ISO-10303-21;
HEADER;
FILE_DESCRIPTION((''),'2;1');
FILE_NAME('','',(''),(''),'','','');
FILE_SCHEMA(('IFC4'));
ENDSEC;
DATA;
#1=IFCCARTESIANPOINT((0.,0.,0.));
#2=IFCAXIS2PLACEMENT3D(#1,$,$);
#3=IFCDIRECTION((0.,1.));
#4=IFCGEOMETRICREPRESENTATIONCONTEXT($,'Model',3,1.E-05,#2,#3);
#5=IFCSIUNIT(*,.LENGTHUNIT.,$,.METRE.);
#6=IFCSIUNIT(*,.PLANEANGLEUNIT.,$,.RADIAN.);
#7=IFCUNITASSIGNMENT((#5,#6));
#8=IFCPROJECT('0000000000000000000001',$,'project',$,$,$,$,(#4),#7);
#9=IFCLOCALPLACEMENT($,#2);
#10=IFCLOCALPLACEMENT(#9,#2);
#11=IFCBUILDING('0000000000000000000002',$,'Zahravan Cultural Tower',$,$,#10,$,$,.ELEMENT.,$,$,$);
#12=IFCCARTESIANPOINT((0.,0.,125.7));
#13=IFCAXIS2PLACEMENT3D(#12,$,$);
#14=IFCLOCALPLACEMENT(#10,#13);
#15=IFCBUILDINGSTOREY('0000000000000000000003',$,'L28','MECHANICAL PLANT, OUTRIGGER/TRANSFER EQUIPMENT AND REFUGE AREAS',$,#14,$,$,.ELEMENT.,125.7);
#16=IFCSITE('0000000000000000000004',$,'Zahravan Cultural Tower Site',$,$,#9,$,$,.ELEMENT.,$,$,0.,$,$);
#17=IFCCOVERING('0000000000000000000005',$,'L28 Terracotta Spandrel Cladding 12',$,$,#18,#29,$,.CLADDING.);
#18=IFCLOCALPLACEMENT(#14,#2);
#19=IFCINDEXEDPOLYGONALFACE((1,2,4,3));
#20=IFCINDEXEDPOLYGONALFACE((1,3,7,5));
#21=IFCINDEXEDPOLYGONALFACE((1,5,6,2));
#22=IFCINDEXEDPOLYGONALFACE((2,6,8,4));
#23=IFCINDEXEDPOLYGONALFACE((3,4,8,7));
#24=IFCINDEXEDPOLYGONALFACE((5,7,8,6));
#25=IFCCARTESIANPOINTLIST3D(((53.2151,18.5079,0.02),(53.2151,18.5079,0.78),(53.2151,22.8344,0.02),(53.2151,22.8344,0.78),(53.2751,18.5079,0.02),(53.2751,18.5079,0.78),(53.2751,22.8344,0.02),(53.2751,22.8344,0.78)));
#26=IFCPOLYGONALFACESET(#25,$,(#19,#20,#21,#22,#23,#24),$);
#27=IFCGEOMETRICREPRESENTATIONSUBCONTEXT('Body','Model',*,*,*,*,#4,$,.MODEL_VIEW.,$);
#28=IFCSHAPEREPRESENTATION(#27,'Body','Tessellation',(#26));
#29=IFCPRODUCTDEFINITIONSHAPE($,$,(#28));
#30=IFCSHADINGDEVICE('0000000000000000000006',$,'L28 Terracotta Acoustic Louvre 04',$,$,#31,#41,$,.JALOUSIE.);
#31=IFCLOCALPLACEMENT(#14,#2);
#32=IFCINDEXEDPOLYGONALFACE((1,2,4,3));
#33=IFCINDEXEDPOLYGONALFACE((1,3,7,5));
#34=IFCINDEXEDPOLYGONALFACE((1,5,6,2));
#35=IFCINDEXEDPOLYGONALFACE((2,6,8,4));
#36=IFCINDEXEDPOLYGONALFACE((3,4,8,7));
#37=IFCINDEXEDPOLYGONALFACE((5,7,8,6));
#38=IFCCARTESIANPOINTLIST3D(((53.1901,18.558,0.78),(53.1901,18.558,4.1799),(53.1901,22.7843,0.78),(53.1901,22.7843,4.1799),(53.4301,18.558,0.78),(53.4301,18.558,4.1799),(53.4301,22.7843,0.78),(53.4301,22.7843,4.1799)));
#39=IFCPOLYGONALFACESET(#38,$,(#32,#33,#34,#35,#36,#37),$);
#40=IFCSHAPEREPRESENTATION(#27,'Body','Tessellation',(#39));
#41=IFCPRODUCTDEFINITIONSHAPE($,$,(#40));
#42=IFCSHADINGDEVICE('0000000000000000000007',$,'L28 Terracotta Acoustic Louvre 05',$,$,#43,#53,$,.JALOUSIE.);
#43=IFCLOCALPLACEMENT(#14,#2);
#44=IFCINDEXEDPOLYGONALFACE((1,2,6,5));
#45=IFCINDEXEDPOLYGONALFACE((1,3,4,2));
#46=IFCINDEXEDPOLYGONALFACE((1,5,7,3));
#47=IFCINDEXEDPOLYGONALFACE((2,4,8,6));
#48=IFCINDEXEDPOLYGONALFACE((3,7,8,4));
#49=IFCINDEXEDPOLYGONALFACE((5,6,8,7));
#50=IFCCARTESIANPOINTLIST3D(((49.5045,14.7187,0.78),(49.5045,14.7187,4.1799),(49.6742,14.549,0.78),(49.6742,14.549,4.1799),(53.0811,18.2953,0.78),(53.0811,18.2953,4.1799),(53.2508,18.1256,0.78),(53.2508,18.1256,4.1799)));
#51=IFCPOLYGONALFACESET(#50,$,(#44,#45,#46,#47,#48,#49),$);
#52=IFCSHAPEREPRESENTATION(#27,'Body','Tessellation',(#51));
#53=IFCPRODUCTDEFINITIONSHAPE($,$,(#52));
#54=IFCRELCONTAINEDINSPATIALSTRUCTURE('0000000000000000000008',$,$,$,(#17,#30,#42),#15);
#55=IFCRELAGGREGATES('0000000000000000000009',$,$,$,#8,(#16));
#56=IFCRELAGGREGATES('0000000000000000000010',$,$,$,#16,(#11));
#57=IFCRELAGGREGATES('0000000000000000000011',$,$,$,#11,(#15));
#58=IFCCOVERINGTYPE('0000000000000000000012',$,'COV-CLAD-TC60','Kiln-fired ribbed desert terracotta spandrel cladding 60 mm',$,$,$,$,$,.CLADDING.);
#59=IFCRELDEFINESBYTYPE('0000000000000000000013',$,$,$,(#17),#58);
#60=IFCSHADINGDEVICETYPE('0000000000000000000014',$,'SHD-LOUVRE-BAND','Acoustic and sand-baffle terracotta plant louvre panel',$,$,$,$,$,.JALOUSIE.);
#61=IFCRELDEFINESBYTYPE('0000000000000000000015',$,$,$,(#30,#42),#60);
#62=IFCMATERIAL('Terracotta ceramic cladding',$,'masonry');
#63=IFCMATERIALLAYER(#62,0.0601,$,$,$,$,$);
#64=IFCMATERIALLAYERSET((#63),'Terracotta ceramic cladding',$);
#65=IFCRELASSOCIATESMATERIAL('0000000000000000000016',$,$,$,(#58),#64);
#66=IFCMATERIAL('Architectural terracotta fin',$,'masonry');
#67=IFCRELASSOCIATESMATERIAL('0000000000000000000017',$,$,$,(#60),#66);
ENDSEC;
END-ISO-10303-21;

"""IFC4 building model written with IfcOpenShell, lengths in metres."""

from ifc_helpers import new_model, si_unit, direction, frame, origin, origin_2d, place, context, subcontext, project, spatial, rectangle, extrude, source, transform, mapped, material, layer, layer_set, type_object, element, save


model = new_model("IFC4")

# Units and contexts
model_context = context("Model", 3, precision=1e-05, world=origin(), true_north=direction((0.0, 1.0)))
body_context = subcontext(model_context, "Body", "Model", "MODEL_VIEW")
ifc_project = project(units=[si_unit("LENGTHUNIT", "METRE"), si_unit("PLANEANGLEUNIT", "RADIAN")], contexts=[model_context])

# Site, building, storey
site_placement = place(None, origin())
site = spatial("IfcSite", under=ifc_project, at=site_placement, Name="Zahravan Cultural Tower Site", CompositionType="ELEMENT", RefElevation=0.0)
building_placement = place(site_placement, origin())
building = spatial("IfcBuilding", under=site, at=building_placement, Name="Zahravan Cultural Tower", CompositionType="ELEMENT")
storey_placement = place(building_placement, frame((0.0, 0.0, 125.7)))
storey = spatial("IfcBuildingStorey", under=building, at=storey_placement, Name="L28", Description="MECHANICAL PLANT, OUTRIGGER/TRANSFER EQUIPMENT AND REFUGE AREAS", CompositionType="ELEMENT", Elevation=125.7)

# Shared definitions
ifc_material_1 = material(Name="Terracotta ceramic cladding", Category="masonry")
ifc_layer_1 = layer(ifc_material_1, 0.0601)
ifc_layer_set_1 = layer_set([ifc_layer_1], Name="Terracotta ceramic cladding")
covering_type = type_object("IfcCoveringType", Name="COV-CLAD-TC60", Description="Kiln-fired ribbed desert terracotta spandrel cladding 60 mm", PredefinedType="CLADDING", material=ifc_layer_set_1)

# Shared definitions
ifc_material_2 = material(Name="Architectural terracotta fin", Category="masonry")
shading_device_type = type_object("IfcShadingDeviceType", Name="SHD-LOUVRE-BAND", Description="Acoustic and sand-baffle terracotta plant louvre panel", PredefinedType="JALOUSIE", material=ifc_material_2)

# Covering
shared_shape_1 = source(origin(), body_context, "Body", "SweptSolid", [
    extrude(rectangle(XDim=4.3264, YDim=0.0601, at=origin_2d()), origin(), (0.0, 0.0, 1.0), 0.76),
])
covering_1_placement = place(storey_placement, frame((53.2451, 20.6711, 0.02), z_axis=(0.0, 0.0, 1.0), x_axis=(0.0, -1.0, 0.0)))
element("IfcCovering", 1, at=covering_1_placement, inside=storey, type_object=covering_type, Name="L28 Terracotta Spandrel Cladding 12", PredefinedType="CLADDING", context=body_context, shape_type="MappedRepresentation", body=[
    mapped(shared_shape_1, transform((0.0, 0.0, 0.0), x_axis=(1.0, 0.0, 0.0), y_axis=(0.0, 1.0, 0.0), z_axis=(0.0, 0.0, 1.0), scale=1.0)),
])

# Shading devices
shared_shape_2 = source(origin(), body_context, "Body", "SweptSolid", [
    extrude(rectangle(XDim=4.2263, YDim=0.24, at=origin_2d()), origin(), (0.0, 0.0, 1.0), 3.3999),
])
shading_device_1_placement = place(storey_placement, frame((53.3101, 20.6711, 0.78), z_axis=(0.0, 0.0, 1.0), x_axis=(0.0, -1.0, 0.0)))
element("IfcShadingDevice", 2, at=shading_device_1_placement, inside=storey, type_object=shading_device_type, Name="L28 Terracotta Acoustic Louvre 04", PredefinedType="JALOUSIE", context=body_context, shape_type="MappedRepresentation", body=[
    mapped(shared_shape_2, transform((0.0, 0.0, 0.0), x_axis=(1.0, 0.0, 0.0), y_axis=(0.0, 1.0, 0.0), z_axis=(0.0, 0.0, 1.0), scale=1.0)),
])
shared_shape_3 = source(origin(), body_context, "Body", "SweptSolid", [
    extrude(rectangle(XDim=5.0581, YDim=0.24, at=origin_2d()), origin(), (0.0, 0.0, 1.0), 3.3999),
])
shading_device_2_placement = place(storey_placement, frame((51.3777, 16.4221, 0.78), z_axis=(0.0, 0.0, 1.0), x_axis=(-0.707107, -0.707107, 0.0)))
element("IfcShadingDevice", 3, at=shading_device_2_placement, inside=storey, type_object=shading_device_type, Name="L28 Terracotta Acoustic Louvre 05", PredefinedType="JALOUSIE", context=body_context, shape_type="MappedRepresentation", body=[
    mapped(shared_shape_3, transform((0.0, 0.0, 0.0), x_axis=(1.0, 0.0, 0.0), y_axis=(0.0, 1.0, 0.0), z_axis=(0.0, 0.0, 1.0), scale=1.0)),
])

save(model, "model.ifc")
